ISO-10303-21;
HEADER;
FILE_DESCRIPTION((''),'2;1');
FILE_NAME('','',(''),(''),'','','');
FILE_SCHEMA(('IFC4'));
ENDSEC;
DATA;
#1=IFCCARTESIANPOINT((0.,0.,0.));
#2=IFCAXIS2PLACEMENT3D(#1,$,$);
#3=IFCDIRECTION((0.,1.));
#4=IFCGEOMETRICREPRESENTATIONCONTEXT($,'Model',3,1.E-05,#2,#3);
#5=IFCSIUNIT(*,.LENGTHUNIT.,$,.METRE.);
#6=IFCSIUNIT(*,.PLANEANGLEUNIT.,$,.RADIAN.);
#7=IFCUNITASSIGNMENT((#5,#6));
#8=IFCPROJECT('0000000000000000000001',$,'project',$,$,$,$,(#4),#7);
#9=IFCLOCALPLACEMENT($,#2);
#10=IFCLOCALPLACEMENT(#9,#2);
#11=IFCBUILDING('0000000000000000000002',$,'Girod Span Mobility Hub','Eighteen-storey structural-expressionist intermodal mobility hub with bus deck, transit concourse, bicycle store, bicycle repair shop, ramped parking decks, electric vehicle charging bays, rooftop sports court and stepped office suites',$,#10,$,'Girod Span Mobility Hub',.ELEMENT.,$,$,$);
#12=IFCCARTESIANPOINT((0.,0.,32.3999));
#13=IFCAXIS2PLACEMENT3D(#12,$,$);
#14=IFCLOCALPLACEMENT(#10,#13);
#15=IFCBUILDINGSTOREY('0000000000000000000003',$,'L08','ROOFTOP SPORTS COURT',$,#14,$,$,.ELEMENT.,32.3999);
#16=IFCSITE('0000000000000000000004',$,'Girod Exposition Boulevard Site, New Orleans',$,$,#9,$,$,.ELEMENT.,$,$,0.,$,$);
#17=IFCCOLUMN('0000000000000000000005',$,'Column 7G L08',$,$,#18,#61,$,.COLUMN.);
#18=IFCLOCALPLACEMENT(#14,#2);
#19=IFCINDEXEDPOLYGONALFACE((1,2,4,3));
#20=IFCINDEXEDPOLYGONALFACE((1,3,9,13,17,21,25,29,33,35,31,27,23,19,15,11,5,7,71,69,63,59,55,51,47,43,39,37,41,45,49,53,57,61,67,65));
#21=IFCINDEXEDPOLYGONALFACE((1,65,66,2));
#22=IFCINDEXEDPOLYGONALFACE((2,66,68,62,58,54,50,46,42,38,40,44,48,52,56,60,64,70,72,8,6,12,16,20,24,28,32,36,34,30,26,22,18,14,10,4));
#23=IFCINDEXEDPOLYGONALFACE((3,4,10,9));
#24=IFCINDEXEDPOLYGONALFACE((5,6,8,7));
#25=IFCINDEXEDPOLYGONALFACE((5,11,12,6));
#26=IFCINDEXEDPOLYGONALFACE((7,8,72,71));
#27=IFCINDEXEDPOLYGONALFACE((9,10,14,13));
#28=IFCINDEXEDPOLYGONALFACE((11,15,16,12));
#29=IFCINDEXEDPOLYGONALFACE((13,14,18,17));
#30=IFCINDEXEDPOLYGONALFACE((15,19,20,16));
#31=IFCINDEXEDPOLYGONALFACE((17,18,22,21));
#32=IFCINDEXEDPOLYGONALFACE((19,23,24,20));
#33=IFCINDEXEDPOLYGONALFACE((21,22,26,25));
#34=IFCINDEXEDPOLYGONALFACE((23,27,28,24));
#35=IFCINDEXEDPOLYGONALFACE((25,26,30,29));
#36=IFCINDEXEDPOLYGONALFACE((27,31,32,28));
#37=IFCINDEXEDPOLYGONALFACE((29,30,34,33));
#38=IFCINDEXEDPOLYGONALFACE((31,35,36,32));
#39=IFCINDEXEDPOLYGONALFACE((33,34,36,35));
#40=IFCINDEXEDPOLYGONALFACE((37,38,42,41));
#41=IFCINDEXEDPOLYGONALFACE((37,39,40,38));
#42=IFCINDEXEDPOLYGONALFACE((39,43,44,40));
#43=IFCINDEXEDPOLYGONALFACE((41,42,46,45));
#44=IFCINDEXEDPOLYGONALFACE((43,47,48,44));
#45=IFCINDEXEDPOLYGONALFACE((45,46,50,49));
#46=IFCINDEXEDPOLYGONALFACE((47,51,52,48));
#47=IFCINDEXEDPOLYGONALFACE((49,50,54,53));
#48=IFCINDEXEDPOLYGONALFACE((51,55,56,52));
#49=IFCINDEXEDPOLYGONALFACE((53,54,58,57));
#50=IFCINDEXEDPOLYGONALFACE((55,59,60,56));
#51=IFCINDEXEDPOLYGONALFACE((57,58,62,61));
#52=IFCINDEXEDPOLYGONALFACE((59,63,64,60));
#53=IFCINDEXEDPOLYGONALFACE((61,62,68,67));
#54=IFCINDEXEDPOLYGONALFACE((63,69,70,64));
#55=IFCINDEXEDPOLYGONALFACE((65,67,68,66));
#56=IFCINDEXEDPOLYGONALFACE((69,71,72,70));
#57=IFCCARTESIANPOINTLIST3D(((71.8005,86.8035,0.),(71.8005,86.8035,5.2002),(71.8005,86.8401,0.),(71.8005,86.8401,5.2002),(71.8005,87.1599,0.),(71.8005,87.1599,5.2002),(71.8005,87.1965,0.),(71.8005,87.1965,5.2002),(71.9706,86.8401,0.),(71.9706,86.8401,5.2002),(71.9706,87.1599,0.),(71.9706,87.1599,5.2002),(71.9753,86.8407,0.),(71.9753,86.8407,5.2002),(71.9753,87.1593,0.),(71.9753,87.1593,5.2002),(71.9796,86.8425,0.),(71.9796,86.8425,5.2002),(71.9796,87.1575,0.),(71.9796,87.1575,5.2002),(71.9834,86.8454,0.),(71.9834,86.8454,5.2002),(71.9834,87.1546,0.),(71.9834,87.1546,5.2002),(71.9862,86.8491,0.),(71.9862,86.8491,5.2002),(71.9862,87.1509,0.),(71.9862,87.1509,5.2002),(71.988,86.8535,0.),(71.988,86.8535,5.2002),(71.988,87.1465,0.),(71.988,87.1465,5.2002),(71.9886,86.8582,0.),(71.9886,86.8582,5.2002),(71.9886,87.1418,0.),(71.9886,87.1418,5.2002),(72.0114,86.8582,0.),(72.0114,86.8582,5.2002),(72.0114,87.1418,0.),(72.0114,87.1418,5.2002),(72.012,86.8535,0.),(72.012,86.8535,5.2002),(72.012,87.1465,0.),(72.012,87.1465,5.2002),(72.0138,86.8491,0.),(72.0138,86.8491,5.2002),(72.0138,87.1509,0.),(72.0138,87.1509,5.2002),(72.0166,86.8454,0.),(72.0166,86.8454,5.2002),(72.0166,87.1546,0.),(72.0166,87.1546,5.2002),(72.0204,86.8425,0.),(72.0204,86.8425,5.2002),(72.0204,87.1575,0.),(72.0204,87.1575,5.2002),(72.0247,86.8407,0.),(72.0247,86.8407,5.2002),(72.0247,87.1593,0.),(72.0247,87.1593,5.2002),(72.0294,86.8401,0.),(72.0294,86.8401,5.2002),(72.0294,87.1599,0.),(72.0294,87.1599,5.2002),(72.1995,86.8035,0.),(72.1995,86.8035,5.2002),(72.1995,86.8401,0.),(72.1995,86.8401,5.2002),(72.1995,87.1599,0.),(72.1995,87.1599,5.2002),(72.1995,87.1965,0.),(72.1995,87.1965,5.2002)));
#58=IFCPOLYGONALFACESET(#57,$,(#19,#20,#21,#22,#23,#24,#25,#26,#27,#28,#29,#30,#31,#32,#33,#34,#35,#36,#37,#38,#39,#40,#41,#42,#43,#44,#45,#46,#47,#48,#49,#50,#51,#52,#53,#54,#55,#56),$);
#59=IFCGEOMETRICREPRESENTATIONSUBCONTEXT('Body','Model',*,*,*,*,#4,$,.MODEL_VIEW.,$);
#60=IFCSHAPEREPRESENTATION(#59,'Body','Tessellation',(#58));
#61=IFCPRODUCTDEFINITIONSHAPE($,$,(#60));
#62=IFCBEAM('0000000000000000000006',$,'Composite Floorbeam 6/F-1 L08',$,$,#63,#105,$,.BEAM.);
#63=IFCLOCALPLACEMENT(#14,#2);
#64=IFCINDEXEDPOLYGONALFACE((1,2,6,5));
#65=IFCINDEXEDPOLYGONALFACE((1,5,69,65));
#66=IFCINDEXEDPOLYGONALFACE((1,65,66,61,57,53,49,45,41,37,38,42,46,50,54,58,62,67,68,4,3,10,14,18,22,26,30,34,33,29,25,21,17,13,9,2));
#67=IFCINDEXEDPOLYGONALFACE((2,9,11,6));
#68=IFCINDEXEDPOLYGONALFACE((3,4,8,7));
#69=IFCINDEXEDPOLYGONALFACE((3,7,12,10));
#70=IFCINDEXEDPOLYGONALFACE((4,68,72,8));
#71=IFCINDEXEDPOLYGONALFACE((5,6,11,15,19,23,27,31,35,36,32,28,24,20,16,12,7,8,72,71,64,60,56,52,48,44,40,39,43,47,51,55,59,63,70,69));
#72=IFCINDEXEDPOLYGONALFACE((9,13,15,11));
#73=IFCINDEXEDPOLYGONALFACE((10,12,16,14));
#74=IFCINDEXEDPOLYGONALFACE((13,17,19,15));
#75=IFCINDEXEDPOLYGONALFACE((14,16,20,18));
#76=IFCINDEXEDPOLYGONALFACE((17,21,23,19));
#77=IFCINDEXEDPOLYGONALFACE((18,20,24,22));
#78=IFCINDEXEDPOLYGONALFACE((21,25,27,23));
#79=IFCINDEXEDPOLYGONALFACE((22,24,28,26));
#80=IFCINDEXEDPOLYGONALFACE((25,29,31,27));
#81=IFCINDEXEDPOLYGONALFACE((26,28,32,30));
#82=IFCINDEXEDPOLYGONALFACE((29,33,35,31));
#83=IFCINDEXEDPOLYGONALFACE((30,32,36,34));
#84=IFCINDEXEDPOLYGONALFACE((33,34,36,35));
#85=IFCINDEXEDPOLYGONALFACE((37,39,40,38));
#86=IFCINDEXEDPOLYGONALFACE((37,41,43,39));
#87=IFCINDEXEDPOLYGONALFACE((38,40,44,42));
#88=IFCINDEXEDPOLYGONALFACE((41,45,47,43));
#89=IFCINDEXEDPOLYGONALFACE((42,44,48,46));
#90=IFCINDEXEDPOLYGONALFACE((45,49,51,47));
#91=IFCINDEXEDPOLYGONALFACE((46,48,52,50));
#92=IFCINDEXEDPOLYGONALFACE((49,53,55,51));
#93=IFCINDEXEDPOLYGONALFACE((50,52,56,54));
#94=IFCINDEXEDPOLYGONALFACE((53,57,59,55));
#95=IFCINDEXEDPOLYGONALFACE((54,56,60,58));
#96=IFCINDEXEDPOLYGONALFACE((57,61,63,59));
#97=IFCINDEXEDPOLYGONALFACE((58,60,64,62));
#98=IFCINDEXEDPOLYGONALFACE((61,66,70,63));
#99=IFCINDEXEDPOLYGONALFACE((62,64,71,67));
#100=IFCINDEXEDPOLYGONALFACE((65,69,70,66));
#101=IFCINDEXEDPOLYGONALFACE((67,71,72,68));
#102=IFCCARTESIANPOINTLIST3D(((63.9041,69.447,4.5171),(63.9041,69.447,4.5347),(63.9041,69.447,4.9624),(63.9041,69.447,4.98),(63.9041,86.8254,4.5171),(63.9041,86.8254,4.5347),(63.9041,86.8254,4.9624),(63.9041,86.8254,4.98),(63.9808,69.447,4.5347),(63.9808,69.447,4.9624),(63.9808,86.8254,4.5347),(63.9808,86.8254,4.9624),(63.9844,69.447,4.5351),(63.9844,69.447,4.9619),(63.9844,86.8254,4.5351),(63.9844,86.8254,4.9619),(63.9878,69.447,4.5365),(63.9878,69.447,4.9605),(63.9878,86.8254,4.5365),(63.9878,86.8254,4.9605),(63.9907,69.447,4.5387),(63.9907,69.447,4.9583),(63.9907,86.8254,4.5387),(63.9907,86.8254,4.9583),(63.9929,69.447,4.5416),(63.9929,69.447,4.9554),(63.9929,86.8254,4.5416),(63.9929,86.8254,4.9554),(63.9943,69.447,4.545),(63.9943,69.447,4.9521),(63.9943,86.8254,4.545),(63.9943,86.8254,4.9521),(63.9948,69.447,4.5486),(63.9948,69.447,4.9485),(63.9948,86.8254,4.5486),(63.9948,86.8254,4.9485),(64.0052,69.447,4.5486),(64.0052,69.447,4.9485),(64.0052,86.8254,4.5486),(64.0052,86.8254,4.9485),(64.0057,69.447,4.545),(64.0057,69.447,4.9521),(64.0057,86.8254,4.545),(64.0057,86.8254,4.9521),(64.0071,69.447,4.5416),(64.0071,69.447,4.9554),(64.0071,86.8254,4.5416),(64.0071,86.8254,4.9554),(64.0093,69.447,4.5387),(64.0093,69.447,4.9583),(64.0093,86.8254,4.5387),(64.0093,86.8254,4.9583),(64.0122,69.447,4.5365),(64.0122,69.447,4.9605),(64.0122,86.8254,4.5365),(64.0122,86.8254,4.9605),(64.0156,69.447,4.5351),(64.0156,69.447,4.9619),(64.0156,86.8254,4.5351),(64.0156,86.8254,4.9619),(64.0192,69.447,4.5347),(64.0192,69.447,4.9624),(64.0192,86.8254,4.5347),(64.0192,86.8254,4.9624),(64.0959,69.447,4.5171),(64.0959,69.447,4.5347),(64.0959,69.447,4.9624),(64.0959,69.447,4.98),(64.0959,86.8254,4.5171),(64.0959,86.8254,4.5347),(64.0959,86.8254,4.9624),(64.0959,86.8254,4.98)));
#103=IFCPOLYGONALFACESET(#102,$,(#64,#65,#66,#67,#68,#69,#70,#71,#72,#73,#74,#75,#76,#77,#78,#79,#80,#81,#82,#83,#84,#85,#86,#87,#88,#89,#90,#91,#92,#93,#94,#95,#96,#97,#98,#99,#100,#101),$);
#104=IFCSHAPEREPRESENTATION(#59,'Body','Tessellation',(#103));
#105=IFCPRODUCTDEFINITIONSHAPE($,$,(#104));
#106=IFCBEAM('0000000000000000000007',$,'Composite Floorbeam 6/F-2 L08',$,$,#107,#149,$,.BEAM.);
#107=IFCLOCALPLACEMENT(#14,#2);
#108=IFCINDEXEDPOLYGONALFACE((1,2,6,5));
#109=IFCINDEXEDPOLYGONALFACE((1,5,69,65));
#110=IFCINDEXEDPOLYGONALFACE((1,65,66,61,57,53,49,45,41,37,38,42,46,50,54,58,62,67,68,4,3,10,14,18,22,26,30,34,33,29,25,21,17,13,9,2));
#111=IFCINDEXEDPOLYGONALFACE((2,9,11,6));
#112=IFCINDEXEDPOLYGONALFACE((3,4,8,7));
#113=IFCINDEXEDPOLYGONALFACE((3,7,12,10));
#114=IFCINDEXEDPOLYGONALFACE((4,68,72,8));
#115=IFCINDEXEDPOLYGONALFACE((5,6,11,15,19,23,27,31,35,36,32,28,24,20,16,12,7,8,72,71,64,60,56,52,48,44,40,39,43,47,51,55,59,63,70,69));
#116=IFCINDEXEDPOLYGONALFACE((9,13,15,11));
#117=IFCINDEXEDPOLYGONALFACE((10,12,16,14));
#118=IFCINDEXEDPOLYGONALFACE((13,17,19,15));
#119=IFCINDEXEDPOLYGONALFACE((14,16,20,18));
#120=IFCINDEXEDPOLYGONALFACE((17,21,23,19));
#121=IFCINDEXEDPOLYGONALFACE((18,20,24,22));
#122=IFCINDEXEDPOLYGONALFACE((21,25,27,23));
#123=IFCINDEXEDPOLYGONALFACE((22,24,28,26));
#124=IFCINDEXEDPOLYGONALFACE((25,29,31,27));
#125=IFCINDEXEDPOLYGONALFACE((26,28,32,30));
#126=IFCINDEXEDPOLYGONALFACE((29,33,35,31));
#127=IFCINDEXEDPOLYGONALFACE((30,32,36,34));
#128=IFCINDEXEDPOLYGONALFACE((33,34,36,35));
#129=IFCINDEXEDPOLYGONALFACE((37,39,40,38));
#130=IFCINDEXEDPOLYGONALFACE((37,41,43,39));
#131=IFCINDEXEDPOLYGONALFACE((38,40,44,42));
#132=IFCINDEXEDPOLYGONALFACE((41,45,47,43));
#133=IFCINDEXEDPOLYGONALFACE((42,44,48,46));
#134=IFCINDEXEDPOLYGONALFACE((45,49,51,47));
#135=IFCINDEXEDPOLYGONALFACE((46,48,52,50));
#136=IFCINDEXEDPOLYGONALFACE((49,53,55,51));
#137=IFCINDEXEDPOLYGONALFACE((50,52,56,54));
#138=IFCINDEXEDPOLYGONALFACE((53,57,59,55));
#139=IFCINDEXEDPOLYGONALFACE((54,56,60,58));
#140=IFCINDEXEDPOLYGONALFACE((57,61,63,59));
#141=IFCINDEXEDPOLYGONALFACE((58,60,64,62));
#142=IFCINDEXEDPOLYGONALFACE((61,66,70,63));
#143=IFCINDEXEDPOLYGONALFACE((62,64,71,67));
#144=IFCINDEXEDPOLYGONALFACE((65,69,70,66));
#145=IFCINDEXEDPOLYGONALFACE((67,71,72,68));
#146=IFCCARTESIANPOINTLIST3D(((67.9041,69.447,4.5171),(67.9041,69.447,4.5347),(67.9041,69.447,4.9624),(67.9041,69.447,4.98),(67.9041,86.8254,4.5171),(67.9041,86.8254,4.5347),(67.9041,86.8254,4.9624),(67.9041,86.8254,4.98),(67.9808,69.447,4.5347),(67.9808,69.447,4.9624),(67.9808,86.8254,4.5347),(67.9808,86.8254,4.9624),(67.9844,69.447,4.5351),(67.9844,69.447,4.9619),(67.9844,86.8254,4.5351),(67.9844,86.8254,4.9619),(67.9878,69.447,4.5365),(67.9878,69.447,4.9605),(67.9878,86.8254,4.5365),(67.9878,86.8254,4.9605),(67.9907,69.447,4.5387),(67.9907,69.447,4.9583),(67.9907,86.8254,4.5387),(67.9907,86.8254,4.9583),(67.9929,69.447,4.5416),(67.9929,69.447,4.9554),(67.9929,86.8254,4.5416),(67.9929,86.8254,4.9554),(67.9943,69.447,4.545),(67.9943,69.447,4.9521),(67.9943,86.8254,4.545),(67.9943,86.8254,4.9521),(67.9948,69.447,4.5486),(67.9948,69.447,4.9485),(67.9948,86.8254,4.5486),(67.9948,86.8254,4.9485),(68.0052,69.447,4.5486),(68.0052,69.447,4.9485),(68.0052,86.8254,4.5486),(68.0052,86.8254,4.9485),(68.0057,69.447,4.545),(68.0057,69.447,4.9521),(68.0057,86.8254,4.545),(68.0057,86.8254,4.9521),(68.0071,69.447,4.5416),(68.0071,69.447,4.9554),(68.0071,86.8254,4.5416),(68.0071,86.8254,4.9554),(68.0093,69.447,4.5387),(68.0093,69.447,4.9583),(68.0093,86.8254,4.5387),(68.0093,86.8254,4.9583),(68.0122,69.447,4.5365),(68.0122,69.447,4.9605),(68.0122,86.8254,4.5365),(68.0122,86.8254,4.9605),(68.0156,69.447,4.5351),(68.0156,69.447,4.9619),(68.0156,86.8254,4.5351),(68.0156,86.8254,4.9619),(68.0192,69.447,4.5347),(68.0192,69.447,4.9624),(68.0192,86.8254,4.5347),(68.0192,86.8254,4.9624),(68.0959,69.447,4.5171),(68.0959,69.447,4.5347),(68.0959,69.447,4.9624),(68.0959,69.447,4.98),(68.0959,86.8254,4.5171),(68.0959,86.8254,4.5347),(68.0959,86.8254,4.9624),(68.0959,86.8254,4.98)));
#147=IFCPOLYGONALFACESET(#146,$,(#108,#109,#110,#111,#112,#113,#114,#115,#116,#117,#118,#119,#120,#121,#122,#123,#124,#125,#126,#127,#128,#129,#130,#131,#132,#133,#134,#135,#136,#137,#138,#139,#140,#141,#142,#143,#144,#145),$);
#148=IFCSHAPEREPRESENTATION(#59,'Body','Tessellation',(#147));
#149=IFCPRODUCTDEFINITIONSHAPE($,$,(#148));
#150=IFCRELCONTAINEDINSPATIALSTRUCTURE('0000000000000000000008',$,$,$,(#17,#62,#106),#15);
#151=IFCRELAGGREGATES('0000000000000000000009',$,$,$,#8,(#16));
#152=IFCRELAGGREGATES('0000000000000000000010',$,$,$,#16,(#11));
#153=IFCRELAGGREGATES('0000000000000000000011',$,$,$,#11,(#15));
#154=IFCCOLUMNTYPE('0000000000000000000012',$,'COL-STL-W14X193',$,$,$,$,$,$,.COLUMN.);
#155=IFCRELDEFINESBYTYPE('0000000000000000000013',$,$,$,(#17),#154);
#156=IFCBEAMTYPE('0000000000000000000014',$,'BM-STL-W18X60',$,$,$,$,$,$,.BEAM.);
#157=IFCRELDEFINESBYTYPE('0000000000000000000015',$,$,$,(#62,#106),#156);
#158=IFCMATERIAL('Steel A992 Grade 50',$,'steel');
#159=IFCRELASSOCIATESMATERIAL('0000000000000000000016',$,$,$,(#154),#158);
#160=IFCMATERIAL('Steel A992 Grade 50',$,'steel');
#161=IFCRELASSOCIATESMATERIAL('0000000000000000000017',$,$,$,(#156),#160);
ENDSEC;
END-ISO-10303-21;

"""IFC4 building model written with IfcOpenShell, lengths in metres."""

from ifc_helpers import new_model, si_unit, direction, frame, origin, origin_2d, place, context, subcontext, project, spatial, i_section, extrude, material, material_profile, profile_set, type_object, element, save


model = new_model("IFC4")

# Units and contexts
model_context = context("Model", 3, precision=1e-05, world=origin(), true_north=direction((0.0, 1.0)))
body_context = subcontext(model_context, "Body", "Model", "MODEL_VIEW")
ifc_project = project(units=[si_unit("LENGTHUNIT", "METRE"), si_unit("PLANEANGLEUNIT", "RADIAN")], contexts=[model_context])

# Site, building, storey
site_placement = place(None, origin())
site = spatial("IfcSite", under=ifc_project, at=site_placement, Name="Girod Exposition Boulevard Site, New Orleans", CompositionType="ELEMENT", RefElevation=0.0)
building_placement = place(site_placement, origin())
building = spatial("IfcBuilding", under=site, at=building_placement, Name="Girod Span Mobility Hub", Description="Eighteen-storey structural-expressionist intermodal mobility hub with bus deck, transit concourse, bicycle store, bicycle repair shop, ramped parking decks, electric vehicle charging bays, rooftop sports court and stepped office suites", LongName="Girod Span Mobility Hub", CompositionType="ELEMENT")
storey_placement = place(building_placement, frame((0.0, 0.0, 32.3999)))
storey = spatial("IfcBuildingStorey", under=building, at=storey_placement, Name="L08", Description="ROOFTOP SPORTS COURT", CompositionType="ELEMENT", Elevation=32.3999)

# Column
ifc_material_1 = material(Name="Steel A992 Grade 50", Category="steel")
ifc_material_profile_1 = material_profile(ifc_material_1, i_section(OverallWidth=0.3989, OverallDepth=0.3931, WebThickness=0.0227, FlangeThickness=0.0366, FilletRadius=0.0181, at=origin_2d()), Name="W14X193")
ifc_profile_set_1 = profile_set([ifc_material_profile_1], Name="Steel A992 Grade 50")
column_type = type_object("IfcColumnType", Name="COL-STL-W14X193", PredefinedType="COLUMN", material=ifc_profile_set_1)
column_placement = place(storey_placement, frame((72.0, 87.0, 0.0), z_axis=(0.0, 0.0, 1.0), x_axis=(1.0, 0.0, 0.0)))
element("IfcColumn", 1, at=column_placement, inside=storey, type_object=column_type, Name="Column 7G L08", PredefinedType="COLUMN", context=body_context, shape_type="SweptSolid", body=[
    extrude(i_section(OverallWidth=0.3989, OverallDepth=0.3931, WebThickness=0.0227, FlangeThickness=0.0366, FilletRadius=0.0181, at=origin_2d()), origin(), (0.0, 0.0, 1.0), 5.2002),
])

# Beams
ifc_material_2 = material(Name="Steel A992 Grade 50", Category="steel")
ifc_material_profile_2 = material_profile(ifc_material_2, i_section(OverallWidth=0.1919, OverallDepth=0.4629, WebThickness=0.0105, FlangeThickness=0.0176, FilletRadius=0.0139, at=origin_2d()), Name="W18X60")
ifc_profile_set_2 = profile_set([ifc_material_profile_2], Name="Steel A992 Grade 50")
beam_type = type_object("IfcBeamType", Name="BM-STL-W18X60", PredefinedType="BEAM", material=ifc_profile_set_2)
for number, where, z_axis, x_axis, name in (
    (2, (64.0, 69.447, 4.7485), (0.0, 1.0, 0.0), (-1.0, 0.0, 0.0), "Composite Floorbeam 6/F-1 L08"),
    (3, (68.0, 69.447, 4.7485), (0.0, 1.0, 0.0), (-1.0, 0.0, 0.0), "Composite Floorbeam 6/F-2 L08"),
):
    element("IfcBeam", number, at=place(storey_placement, frame(where, z_axis=z_axis, x_axis=x_axis)), inside=storey, type_object=beam_type, Name=name, PredefinedType="BEAM", context=body_context, shape_type="SweptSolid", body=[
        extrude(i_section(OverallWidth=0.1919, OverallDepth=0.4629, WebThickness=0.0105, FlangeThickness=0.0176, FilletRadius=0.0139, at=origin_2d()), origin(), (0.0, 0.0, 1.0), 17.3784),
    ])

save(model, "model.ifc")
